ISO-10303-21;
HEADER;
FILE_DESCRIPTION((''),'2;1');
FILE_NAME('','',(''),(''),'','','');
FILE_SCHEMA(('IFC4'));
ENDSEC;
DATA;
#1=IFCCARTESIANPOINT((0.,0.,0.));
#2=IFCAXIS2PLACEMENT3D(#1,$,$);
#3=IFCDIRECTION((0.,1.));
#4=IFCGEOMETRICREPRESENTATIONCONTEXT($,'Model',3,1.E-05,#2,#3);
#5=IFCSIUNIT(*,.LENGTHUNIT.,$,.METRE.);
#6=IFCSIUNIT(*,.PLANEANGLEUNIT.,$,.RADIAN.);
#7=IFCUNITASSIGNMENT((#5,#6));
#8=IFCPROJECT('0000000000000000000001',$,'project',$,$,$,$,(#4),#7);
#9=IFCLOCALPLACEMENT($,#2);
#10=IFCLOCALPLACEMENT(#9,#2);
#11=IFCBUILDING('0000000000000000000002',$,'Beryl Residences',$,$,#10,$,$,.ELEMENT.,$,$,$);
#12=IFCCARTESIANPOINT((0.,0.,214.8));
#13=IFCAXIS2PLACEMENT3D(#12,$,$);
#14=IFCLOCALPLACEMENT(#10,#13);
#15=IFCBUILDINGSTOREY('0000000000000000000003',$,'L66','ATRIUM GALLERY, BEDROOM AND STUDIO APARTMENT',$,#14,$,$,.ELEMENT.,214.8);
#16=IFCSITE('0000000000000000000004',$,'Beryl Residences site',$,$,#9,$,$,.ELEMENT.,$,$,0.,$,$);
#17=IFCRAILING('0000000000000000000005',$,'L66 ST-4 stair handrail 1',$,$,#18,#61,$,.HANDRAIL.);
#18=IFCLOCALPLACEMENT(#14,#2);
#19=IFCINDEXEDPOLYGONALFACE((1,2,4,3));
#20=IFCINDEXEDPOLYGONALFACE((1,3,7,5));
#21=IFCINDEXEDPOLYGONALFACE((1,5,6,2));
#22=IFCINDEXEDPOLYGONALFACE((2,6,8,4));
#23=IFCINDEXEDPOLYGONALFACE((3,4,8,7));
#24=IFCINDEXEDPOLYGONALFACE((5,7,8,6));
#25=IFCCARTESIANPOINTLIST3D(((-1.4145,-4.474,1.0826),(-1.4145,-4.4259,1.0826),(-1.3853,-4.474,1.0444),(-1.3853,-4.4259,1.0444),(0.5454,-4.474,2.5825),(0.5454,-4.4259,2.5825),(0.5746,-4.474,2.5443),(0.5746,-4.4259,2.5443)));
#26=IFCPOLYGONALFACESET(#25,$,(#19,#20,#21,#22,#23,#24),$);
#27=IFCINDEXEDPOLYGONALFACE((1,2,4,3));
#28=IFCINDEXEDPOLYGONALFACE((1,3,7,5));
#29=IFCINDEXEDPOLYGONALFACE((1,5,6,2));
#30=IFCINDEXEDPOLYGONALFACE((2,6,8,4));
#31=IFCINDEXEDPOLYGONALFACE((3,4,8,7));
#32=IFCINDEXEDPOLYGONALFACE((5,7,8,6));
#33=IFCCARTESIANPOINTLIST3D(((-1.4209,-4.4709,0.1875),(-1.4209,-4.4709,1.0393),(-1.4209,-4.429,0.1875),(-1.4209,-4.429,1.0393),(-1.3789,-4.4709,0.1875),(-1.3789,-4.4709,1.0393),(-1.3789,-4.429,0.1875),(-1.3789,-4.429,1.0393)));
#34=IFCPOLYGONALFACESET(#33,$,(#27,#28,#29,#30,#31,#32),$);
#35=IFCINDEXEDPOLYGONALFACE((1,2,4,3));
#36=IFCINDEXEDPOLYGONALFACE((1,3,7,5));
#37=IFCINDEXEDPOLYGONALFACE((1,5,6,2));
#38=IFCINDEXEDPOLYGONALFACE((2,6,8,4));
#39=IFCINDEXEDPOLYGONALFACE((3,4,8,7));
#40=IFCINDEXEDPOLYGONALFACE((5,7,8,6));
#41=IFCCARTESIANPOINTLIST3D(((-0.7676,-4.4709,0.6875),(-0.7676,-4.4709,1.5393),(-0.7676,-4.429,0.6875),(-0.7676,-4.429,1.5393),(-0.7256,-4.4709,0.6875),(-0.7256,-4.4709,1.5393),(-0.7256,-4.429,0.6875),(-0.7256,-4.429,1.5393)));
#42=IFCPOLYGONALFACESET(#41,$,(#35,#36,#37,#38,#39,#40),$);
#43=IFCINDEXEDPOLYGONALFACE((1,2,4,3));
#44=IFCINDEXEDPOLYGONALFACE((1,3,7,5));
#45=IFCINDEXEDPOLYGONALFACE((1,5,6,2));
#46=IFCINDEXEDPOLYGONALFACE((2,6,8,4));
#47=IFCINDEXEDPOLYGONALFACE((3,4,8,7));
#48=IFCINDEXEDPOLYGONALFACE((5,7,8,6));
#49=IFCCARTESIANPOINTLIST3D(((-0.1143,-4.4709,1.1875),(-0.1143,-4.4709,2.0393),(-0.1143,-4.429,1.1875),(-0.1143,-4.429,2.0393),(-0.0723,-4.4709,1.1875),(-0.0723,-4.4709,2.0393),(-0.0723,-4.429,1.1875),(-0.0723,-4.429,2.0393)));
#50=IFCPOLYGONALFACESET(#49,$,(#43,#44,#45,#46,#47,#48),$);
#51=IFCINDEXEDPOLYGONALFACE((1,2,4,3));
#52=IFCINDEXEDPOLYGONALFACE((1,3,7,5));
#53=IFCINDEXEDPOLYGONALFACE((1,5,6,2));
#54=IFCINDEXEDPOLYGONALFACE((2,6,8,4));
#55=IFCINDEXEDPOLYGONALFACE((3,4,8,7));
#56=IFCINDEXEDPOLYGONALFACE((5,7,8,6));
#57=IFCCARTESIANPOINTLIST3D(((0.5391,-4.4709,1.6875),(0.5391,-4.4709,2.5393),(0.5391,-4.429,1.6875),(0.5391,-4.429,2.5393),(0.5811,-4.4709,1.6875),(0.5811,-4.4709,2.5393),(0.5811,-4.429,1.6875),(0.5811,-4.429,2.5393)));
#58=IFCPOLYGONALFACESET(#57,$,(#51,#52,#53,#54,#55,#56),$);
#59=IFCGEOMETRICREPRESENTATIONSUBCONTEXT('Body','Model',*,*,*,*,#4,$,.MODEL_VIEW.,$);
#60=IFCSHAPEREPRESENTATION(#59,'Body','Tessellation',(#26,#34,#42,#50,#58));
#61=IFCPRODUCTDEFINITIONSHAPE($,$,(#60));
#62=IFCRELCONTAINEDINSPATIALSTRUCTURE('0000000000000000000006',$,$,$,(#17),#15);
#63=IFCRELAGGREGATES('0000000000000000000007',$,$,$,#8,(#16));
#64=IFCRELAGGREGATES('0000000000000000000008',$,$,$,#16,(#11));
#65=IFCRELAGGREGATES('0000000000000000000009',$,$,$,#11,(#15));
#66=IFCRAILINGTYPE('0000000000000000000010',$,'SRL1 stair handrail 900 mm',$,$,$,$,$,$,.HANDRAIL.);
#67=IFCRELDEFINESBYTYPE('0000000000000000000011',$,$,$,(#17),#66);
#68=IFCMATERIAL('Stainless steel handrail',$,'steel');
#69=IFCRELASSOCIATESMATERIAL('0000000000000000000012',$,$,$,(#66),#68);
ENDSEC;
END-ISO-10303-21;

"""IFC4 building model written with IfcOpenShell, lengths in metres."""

from ifc_helpers import new_model, si_unit, direction, frame, origin, origin_2d, place, context, subcontext, project, spatial, rectangle, extrude, material, type_object, element, save


model = new_model("IFC4")

# Units and contexts
model_context = context("Model", 3, precision=1e-05, world=origin(), true_north=direction((0.0, 1.0)))
body_context = subcontext(model_context, "Body", "Model", "MODEL_VIEW")
ifc_project = project(units=[si_unit("LENGTHUNIT", "METRE"), si_unit("PLANEANGLEUNIT", "RADIAN")], contexts=[model_context])

# Site, building, storey
site_placement = place(None, origin())
site = spatial("IfcSite", under=ifc_project, at=site_placement, Name="Beryl Residences site", CompositionType="ELEMENT", RefElevation=0.0)
building_placement = place(site_placement, origin())
building = spatial("IfcBuilding", under=site, at=building_placement, Name="Beryl Residences", CompositionType="ELEMENT")
storey_placement = place(building_placement, frame((0.0, 0.0, 214.8)))
storey = spatial("IfcBuildingStorey", under=building, at=storey_placement, Name="L66", Description="ATRIUM GALLERY, BEDROOM AND STUDIO APARTMENT", CompositionType="ELEMENT", Elevation=214.8)

# Railing
ifc_material_1 = material(Name="Stainless steel handrail", Category="steel")
railing_type_1 = type_object("IfcRailingType", Name="SRL1 stair handrail 900 mm", PredefinedType="HANDRAIL", material=ifc_material_1)
railing_1_placement = place(storey_placement, frame((-1.3999, -4.45, 0.1875)))
element("IfcRailing", 1, at=railing_1_placement, inside=storey, type_object=railing_type_1, Name="L66 ST-4 stair handrail 1", PredefinedType="HANDRAIL", context=body_context, shape_type="SweptSolid", body=[
    extrude(rectangle(XDim=0.0481, YDim=0.0481, at=origin_2d()), frame((0.0, 0.0, 0.876), z_axis=(0.794122, 0.0, 0.607758), x_axis=(0.0, 1.0, 0.0)), (0.0, 0.0, 1.0), 2.468),
    extrude(rectangle(XDim=0.042, YDim=0.042, at=origin_2d()), origin(), (0.0, 0.0, 1.0), 0.8518),
    extrude(rectangle(XDim=0.042, YDim=0.042, at=origin_2d()), frame((0.6533, 0.0, 0.5)), (0.0, 0.0, 1.0), 0.8518),
    extrude(rectangle(XDim=0.042, YDim=0.042, at=origin_2d()), frame((1.3066, 0.0, 1.0)), (0.0, 0.0, 1.0), 0.8518),
    extrude(rectangle(XDim=0.042, YDim=0.042, at=origin_2d()), frame((1.96, 0.0, 1.5)), (0.0, 0.0, 1.0), 0.8518),
])

save(model, "model.ifc")
